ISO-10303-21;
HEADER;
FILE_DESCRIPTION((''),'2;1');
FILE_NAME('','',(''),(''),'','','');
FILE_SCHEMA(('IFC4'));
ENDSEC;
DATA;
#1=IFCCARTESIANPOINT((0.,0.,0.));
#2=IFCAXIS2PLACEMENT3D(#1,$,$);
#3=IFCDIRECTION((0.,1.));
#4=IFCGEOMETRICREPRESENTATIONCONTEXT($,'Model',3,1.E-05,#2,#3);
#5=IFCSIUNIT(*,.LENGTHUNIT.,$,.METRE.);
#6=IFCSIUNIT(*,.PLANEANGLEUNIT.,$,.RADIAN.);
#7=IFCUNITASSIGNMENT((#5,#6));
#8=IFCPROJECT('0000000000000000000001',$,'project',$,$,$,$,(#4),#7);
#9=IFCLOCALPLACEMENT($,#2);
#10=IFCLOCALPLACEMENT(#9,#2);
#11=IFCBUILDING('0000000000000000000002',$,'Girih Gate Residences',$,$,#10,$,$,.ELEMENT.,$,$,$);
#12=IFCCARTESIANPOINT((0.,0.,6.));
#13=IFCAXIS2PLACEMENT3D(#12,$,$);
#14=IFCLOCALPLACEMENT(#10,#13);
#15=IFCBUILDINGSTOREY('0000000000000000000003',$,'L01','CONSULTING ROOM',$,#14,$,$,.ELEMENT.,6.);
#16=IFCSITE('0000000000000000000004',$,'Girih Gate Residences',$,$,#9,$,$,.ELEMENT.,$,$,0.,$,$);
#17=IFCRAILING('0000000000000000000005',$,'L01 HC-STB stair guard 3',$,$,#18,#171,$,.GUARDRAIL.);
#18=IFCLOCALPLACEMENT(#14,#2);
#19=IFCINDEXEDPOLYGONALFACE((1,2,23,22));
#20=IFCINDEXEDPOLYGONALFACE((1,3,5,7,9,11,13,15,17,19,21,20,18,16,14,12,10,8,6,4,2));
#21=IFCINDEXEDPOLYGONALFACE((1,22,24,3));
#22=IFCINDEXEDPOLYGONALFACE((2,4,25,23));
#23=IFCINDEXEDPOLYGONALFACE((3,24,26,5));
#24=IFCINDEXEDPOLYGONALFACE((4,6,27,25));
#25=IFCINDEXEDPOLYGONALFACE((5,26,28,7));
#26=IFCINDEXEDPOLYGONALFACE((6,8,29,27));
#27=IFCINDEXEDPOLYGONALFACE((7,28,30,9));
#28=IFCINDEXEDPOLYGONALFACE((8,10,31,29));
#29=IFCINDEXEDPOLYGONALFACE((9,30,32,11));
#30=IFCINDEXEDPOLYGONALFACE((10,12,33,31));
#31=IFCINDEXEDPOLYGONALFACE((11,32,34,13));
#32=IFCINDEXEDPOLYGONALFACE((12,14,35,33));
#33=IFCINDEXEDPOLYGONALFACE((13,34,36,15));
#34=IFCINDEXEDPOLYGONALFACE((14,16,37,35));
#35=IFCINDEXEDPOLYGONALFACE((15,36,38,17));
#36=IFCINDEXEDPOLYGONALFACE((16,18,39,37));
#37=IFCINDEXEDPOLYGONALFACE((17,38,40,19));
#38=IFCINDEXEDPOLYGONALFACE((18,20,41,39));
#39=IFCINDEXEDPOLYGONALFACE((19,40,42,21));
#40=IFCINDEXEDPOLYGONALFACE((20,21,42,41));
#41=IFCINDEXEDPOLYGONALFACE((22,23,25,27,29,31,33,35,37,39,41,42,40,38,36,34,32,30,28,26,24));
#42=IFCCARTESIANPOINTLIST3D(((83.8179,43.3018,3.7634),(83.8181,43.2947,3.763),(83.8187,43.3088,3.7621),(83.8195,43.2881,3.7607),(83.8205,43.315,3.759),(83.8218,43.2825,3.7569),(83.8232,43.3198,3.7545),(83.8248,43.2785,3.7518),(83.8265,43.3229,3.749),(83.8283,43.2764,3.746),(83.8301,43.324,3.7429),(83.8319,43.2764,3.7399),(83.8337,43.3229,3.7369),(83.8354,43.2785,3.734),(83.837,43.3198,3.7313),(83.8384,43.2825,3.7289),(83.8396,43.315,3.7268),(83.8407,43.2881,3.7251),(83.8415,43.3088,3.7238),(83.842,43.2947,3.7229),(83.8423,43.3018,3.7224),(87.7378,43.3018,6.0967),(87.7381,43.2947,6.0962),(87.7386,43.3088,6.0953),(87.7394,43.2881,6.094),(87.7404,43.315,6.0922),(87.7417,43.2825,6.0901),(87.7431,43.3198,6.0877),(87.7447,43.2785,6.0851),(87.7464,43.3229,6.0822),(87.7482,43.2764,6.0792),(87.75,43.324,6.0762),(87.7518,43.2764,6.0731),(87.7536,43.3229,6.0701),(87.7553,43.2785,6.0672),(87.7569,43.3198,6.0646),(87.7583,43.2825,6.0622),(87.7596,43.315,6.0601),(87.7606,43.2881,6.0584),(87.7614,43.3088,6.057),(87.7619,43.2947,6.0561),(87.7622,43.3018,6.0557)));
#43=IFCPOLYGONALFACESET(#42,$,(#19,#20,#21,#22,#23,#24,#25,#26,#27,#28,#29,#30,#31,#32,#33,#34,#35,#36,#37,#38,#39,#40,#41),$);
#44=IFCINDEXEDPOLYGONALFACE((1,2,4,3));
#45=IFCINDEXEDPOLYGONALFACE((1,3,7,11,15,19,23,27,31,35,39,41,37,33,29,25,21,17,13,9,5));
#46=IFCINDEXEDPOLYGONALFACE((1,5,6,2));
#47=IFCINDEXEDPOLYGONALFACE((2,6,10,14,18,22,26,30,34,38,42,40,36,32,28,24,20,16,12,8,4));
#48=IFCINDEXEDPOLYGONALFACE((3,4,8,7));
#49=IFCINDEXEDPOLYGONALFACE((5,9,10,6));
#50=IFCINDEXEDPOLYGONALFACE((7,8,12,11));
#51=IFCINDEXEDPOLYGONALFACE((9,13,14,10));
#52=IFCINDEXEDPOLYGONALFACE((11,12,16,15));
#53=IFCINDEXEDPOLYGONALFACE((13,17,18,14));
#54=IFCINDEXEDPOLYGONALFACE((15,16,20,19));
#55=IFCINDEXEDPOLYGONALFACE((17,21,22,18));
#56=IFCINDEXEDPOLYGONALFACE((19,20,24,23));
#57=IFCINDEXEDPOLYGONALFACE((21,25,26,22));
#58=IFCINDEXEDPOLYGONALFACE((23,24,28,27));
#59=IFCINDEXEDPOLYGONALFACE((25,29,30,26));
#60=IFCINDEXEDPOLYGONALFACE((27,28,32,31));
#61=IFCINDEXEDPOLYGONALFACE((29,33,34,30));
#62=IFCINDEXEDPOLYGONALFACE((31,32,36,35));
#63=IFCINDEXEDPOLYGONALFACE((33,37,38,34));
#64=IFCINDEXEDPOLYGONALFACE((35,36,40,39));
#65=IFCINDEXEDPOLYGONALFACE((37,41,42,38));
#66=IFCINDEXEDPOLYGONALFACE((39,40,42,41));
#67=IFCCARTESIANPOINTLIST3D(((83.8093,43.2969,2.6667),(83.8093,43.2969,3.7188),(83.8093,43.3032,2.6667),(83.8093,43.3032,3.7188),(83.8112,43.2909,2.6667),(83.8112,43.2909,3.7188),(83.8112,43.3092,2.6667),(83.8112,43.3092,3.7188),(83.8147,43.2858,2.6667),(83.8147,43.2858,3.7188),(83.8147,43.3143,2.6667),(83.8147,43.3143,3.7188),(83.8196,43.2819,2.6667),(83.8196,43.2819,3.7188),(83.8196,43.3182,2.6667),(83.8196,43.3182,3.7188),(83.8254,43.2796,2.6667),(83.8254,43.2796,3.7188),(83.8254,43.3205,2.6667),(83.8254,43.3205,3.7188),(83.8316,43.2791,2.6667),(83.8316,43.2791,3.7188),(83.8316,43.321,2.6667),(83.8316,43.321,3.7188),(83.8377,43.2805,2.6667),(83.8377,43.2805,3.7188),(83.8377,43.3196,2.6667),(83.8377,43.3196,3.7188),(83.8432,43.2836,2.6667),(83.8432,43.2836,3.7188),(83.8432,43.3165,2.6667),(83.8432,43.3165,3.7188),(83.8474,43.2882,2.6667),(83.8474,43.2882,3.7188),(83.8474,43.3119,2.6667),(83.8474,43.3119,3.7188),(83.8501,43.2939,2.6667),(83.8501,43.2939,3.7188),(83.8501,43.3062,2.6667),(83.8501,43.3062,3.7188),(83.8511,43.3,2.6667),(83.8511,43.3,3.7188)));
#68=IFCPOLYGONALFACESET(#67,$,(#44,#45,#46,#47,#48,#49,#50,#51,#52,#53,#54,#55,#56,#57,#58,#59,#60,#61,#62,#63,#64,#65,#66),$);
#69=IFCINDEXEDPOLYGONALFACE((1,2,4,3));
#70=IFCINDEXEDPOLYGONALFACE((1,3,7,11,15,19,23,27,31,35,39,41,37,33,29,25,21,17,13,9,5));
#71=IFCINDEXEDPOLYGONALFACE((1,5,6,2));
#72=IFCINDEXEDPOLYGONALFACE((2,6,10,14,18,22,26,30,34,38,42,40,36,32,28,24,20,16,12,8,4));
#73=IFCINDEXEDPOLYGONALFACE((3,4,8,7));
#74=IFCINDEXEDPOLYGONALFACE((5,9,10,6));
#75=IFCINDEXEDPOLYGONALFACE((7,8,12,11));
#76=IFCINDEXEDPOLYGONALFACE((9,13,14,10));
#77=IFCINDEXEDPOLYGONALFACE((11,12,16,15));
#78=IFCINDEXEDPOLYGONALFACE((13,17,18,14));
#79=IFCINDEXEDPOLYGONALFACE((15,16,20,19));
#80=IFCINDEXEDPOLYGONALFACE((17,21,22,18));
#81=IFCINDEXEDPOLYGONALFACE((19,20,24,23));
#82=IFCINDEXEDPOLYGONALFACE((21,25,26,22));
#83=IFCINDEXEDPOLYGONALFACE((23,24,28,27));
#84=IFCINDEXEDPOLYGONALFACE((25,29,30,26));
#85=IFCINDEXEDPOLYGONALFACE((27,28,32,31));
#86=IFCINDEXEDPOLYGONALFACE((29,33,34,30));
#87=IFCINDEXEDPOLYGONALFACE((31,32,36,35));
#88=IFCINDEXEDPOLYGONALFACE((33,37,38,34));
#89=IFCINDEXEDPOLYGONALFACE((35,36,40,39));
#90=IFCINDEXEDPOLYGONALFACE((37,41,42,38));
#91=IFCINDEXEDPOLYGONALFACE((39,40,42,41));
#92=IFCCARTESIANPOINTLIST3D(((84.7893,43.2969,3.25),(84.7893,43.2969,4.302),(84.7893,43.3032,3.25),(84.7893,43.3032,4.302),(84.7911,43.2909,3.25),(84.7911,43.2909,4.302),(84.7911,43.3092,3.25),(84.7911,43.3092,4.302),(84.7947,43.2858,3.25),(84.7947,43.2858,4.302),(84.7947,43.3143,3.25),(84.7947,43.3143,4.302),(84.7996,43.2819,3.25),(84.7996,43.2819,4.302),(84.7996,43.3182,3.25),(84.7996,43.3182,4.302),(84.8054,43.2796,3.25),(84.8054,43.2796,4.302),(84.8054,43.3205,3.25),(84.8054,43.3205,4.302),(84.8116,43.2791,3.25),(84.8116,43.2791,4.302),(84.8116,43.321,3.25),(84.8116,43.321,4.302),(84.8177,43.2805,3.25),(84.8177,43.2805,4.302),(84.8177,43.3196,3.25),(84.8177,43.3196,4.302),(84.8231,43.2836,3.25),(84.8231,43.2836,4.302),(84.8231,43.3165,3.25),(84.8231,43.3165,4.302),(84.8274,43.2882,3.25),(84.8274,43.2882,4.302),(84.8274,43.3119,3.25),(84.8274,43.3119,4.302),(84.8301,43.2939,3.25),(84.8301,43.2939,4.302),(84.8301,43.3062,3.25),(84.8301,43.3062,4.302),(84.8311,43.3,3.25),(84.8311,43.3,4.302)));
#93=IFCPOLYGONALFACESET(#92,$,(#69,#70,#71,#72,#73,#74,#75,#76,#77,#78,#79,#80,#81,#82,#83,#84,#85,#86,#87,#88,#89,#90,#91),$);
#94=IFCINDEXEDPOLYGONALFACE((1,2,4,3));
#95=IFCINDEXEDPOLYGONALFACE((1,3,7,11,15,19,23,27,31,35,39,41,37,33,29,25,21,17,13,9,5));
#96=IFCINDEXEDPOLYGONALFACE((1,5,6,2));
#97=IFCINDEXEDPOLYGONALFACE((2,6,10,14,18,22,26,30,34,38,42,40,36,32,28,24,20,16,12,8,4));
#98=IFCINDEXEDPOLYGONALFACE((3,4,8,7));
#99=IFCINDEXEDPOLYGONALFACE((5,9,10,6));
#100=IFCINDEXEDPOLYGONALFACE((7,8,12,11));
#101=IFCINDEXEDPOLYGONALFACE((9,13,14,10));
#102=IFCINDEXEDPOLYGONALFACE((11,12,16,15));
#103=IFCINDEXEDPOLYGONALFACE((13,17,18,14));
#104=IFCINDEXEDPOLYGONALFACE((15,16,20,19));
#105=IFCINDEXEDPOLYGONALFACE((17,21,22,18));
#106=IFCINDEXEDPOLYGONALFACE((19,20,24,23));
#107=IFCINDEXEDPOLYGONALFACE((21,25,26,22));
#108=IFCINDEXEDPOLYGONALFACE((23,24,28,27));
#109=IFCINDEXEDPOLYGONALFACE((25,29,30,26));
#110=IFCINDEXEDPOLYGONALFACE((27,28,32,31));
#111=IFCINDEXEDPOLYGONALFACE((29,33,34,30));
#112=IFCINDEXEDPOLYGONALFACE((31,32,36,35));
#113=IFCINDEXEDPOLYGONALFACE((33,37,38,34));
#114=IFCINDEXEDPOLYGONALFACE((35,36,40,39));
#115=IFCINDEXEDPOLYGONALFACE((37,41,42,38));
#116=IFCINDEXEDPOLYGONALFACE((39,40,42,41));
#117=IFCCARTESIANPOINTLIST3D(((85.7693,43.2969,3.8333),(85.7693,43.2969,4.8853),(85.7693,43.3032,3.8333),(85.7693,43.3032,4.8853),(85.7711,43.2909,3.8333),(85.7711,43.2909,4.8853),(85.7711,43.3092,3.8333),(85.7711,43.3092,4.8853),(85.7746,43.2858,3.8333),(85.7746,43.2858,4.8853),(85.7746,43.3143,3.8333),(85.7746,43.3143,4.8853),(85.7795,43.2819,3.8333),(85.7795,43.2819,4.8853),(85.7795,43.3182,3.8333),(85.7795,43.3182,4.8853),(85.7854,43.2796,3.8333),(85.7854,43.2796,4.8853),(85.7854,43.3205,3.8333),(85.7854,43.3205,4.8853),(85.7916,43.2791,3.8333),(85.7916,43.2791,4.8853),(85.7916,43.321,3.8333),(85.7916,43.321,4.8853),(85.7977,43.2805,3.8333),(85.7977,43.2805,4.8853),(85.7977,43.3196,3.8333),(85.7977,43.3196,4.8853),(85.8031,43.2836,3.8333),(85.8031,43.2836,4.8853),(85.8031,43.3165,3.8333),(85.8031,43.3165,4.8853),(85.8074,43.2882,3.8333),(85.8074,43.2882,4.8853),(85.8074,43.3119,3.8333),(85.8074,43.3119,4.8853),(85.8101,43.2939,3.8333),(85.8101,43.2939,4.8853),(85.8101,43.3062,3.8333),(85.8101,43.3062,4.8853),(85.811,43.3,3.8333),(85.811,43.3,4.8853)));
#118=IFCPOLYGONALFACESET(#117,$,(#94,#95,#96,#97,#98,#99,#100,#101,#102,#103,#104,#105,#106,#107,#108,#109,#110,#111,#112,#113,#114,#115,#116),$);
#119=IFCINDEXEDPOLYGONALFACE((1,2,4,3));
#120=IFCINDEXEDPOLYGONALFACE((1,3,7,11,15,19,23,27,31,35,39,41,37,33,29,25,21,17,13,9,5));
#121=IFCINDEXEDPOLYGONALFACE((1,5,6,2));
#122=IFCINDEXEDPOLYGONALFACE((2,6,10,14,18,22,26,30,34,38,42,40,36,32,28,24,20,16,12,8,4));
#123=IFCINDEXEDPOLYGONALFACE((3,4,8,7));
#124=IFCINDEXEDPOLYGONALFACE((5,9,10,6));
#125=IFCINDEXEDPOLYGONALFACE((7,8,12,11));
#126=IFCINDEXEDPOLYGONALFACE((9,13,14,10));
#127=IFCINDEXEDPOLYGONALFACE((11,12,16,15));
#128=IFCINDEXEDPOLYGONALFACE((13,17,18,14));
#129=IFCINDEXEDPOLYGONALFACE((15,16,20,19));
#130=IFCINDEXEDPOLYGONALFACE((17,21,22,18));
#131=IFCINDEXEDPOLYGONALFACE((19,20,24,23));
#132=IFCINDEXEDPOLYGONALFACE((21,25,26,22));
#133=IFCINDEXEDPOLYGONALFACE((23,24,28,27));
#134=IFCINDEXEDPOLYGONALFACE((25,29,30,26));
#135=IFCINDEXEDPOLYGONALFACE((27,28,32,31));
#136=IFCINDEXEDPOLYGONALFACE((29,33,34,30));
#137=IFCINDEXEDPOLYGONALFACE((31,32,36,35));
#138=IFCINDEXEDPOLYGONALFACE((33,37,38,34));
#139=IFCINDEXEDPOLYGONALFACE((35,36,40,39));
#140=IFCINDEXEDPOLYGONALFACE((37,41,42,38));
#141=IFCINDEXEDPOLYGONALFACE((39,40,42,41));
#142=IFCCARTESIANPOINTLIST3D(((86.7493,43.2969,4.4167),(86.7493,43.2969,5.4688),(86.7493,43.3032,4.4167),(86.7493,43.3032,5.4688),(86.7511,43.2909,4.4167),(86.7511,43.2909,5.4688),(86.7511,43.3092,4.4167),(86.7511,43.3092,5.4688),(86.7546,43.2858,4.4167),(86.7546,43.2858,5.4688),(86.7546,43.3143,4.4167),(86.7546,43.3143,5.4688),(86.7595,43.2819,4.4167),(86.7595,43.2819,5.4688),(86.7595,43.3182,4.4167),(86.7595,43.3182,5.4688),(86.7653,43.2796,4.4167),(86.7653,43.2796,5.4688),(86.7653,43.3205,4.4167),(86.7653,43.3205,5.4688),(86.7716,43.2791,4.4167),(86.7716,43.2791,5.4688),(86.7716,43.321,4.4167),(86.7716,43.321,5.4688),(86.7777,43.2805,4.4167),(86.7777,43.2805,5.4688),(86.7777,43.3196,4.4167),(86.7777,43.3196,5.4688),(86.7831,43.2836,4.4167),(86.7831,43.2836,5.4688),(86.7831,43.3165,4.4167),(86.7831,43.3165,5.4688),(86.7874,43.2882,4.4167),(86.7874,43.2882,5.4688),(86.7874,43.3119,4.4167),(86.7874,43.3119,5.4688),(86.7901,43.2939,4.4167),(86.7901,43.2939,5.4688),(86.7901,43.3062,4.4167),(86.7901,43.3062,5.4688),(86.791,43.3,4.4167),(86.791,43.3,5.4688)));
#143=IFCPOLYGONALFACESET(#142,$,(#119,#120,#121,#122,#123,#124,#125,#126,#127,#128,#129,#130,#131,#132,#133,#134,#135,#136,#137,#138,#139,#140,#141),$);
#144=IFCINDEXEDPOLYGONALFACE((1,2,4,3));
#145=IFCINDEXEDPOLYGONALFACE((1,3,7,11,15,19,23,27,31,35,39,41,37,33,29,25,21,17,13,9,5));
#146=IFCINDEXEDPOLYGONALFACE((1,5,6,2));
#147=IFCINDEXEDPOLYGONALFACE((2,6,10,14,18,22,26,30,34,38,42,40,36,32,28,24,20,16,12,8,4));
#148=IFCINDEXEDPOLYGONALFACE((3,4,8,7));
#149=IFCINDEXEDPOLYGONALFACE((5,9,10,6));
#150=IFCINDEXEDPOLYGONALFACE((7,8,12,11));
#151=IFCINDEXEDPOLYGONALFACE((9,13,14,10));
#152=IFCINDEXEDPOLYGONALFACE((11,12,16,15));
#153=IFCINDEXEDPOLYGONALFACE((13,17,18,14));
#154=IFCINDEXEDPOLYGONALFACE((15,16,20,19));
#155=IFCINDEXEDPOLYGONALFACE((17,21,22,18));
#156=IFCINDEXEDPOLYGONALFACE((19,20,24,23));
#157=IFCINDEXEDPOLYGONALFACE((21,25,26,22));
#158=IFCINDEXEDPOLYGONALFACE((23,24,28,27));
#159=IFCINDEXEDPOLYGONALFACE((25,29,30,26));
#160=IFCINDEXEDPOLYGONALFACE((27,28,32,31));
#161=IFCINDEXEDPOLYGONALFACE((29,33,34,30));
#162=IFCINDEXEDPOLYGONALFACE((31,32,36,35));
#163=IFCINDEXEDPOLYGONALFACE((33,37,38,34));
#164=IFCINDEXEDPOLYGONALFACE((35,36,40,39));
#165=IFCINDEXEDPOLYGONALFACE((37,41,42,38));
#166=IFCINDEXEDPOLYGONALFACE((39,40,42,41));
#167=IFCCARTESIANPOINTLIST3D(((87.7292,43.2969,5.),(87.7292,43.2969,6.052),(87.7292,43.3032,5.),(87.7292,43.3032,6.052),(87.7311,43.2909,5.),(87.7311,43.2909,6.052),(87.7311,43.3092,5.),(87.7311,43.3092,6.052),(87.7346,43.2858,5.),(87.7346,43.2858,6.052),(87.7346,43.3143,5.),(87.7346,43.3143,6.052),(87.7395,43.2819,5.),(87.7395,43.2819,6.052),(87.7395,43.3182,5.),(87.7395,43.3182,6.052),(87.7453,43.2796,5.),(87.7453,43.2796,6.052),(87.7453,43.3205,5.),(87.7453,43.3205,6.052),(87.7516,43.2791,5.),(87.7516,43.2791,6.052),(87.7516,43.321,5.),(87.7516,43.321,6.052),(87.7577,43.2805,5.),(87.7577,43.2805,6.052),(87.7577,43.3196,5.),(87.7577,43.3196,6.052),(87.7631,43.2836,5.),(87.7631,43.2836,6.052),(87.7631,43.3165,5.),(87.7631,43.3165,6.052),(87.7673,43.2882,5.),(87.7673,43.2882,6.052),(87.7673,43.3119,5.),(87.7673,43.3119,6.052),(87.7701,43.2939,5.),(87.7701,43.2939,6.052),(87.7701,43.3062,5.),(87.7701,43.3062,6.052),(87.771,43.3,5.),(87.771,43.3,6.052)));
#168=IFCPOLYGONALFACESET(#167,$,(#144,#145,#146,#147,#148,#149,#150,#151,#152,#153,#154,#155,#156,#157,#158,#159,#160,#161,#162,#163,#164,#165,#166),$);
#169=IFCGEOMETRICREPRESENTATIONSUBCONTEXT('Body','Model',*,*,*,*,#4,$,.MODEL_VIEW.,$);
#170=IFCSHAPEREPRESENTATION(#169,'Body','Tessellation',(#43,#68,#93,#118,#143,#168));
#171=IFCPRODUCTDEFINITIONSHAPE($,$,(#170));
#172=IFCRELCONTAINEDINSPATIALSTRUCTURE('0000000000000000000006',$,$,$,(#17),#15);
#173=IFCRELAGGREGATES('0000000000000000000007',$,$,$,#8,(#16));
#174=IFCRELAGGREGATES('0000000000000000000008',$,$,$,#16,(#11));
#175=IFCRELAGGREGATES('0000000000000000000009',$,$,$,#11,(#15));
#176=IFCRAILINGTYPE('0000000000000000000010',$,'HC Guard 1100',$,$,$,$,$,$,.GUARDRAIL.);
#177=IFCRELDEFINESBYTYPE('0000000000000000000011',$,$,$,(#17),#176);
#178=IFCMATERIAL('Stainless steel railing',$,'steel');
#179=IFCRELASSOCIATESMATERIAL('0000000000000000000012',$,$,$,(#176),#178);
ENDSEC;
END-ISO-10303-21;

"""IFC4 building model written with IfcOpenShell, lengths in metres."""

from ifc_helpers import new_model, si_unit, direction, frame, origin, origin_2d, place, context, subcontext, project, spatial, circle, extrude, material, type_object, element, save


model = new_model("IFC4")

# Units and contexts
model_context = context("Model", 3, precision=1e-05, world=origin(), true_north=direction((0.0, 1.0)))
body_context = subcontext(model_context, "Body", "Model", "MODEL_VIEW")
ifc_project = project(units=[si_unit("LENGTHUNIT", "METRE"), si_unit("PLANEANGLEUNIT", "RADIAN")], contexts=[model_context])

# Site, building, storey
site_placement = place(None, origin())
site = spatial("IfcSite", under=ifc_project, at=site_placement, Name="Girih Gate Residences", CompositionType="ELEMENT", RefElevation=0.0)
building_placement = place(site_placement, origin())
building = spatial("IfcBuilding", under=site, at=building_placement, Name="Girih Gate Residences", CompositionType="ELEMENT")
storey_placement = place(building_placement, frame((0.0, 0.0, 6.0)))
storey = spatial("IfcBuildingStorey", under=building, at=storey_placement, Name="L01", Description="CONSULTING ROOM", CompositionType="ELEMENT", Elevation=6.0)

# Railing
ifc_material_1 = material(Name="Stainless steel railing", Category="steel")
railing_type_1 = type_object("IfcRailingType", Name="HC Guard 1100", PredefinedType="GUARDRAIL", material=ifc_material_1)
railing_1_placement = place(storey_placement, frame((83.8301, 43.3, 2.6667)))
element("IfcRailing", 1, at=railing_1_placement, inside=storey, type_object=railing_type_1, Name="L01 HC-STB stair guard 3", PredefinedType="GUARDRAIL", context=body_context, shape_type="SweptSolid", body=[
    extrude(circle(Radius=0.0239, at=origin_2d()), frame((0.0, 0.0, 1.0762), z_axis=(0.859296, 0.0, 0.511478), x_axis=(0.0, 1.0, 0.0)), (0.0, 0.0, 1.0), 4.5618),
    extrude(circle(Radius=0.021, at=origin_2d()), origin(), (0.0, 0.0, 1.0), 1.052),
    extrude(circle(Radius=0.021, at=origin_2d()), frame((0.98, 0.0, 0.5833)), (0.0, 0.0, 1.0), 1.052),
    extrude(circle(Radius=0.021, at=origin_2d()), frame((1.96, 0.0, 1.1665)), (0.0, 0.0, 1.0), 1.052),
    extrude(circle(Radius=0.021, at=origin_2d()), frame((2.9399, 0.0, 1.75)), (0.0, 0.0, 1.0), 1.052),
    extrude(circle(Radius=0.021, at=origin_2d()), frame((3.9199, 0.0, 2.3333)), (0.0, 0.0, 1.0), 1.052),
])

save(model, "model.ifc")
